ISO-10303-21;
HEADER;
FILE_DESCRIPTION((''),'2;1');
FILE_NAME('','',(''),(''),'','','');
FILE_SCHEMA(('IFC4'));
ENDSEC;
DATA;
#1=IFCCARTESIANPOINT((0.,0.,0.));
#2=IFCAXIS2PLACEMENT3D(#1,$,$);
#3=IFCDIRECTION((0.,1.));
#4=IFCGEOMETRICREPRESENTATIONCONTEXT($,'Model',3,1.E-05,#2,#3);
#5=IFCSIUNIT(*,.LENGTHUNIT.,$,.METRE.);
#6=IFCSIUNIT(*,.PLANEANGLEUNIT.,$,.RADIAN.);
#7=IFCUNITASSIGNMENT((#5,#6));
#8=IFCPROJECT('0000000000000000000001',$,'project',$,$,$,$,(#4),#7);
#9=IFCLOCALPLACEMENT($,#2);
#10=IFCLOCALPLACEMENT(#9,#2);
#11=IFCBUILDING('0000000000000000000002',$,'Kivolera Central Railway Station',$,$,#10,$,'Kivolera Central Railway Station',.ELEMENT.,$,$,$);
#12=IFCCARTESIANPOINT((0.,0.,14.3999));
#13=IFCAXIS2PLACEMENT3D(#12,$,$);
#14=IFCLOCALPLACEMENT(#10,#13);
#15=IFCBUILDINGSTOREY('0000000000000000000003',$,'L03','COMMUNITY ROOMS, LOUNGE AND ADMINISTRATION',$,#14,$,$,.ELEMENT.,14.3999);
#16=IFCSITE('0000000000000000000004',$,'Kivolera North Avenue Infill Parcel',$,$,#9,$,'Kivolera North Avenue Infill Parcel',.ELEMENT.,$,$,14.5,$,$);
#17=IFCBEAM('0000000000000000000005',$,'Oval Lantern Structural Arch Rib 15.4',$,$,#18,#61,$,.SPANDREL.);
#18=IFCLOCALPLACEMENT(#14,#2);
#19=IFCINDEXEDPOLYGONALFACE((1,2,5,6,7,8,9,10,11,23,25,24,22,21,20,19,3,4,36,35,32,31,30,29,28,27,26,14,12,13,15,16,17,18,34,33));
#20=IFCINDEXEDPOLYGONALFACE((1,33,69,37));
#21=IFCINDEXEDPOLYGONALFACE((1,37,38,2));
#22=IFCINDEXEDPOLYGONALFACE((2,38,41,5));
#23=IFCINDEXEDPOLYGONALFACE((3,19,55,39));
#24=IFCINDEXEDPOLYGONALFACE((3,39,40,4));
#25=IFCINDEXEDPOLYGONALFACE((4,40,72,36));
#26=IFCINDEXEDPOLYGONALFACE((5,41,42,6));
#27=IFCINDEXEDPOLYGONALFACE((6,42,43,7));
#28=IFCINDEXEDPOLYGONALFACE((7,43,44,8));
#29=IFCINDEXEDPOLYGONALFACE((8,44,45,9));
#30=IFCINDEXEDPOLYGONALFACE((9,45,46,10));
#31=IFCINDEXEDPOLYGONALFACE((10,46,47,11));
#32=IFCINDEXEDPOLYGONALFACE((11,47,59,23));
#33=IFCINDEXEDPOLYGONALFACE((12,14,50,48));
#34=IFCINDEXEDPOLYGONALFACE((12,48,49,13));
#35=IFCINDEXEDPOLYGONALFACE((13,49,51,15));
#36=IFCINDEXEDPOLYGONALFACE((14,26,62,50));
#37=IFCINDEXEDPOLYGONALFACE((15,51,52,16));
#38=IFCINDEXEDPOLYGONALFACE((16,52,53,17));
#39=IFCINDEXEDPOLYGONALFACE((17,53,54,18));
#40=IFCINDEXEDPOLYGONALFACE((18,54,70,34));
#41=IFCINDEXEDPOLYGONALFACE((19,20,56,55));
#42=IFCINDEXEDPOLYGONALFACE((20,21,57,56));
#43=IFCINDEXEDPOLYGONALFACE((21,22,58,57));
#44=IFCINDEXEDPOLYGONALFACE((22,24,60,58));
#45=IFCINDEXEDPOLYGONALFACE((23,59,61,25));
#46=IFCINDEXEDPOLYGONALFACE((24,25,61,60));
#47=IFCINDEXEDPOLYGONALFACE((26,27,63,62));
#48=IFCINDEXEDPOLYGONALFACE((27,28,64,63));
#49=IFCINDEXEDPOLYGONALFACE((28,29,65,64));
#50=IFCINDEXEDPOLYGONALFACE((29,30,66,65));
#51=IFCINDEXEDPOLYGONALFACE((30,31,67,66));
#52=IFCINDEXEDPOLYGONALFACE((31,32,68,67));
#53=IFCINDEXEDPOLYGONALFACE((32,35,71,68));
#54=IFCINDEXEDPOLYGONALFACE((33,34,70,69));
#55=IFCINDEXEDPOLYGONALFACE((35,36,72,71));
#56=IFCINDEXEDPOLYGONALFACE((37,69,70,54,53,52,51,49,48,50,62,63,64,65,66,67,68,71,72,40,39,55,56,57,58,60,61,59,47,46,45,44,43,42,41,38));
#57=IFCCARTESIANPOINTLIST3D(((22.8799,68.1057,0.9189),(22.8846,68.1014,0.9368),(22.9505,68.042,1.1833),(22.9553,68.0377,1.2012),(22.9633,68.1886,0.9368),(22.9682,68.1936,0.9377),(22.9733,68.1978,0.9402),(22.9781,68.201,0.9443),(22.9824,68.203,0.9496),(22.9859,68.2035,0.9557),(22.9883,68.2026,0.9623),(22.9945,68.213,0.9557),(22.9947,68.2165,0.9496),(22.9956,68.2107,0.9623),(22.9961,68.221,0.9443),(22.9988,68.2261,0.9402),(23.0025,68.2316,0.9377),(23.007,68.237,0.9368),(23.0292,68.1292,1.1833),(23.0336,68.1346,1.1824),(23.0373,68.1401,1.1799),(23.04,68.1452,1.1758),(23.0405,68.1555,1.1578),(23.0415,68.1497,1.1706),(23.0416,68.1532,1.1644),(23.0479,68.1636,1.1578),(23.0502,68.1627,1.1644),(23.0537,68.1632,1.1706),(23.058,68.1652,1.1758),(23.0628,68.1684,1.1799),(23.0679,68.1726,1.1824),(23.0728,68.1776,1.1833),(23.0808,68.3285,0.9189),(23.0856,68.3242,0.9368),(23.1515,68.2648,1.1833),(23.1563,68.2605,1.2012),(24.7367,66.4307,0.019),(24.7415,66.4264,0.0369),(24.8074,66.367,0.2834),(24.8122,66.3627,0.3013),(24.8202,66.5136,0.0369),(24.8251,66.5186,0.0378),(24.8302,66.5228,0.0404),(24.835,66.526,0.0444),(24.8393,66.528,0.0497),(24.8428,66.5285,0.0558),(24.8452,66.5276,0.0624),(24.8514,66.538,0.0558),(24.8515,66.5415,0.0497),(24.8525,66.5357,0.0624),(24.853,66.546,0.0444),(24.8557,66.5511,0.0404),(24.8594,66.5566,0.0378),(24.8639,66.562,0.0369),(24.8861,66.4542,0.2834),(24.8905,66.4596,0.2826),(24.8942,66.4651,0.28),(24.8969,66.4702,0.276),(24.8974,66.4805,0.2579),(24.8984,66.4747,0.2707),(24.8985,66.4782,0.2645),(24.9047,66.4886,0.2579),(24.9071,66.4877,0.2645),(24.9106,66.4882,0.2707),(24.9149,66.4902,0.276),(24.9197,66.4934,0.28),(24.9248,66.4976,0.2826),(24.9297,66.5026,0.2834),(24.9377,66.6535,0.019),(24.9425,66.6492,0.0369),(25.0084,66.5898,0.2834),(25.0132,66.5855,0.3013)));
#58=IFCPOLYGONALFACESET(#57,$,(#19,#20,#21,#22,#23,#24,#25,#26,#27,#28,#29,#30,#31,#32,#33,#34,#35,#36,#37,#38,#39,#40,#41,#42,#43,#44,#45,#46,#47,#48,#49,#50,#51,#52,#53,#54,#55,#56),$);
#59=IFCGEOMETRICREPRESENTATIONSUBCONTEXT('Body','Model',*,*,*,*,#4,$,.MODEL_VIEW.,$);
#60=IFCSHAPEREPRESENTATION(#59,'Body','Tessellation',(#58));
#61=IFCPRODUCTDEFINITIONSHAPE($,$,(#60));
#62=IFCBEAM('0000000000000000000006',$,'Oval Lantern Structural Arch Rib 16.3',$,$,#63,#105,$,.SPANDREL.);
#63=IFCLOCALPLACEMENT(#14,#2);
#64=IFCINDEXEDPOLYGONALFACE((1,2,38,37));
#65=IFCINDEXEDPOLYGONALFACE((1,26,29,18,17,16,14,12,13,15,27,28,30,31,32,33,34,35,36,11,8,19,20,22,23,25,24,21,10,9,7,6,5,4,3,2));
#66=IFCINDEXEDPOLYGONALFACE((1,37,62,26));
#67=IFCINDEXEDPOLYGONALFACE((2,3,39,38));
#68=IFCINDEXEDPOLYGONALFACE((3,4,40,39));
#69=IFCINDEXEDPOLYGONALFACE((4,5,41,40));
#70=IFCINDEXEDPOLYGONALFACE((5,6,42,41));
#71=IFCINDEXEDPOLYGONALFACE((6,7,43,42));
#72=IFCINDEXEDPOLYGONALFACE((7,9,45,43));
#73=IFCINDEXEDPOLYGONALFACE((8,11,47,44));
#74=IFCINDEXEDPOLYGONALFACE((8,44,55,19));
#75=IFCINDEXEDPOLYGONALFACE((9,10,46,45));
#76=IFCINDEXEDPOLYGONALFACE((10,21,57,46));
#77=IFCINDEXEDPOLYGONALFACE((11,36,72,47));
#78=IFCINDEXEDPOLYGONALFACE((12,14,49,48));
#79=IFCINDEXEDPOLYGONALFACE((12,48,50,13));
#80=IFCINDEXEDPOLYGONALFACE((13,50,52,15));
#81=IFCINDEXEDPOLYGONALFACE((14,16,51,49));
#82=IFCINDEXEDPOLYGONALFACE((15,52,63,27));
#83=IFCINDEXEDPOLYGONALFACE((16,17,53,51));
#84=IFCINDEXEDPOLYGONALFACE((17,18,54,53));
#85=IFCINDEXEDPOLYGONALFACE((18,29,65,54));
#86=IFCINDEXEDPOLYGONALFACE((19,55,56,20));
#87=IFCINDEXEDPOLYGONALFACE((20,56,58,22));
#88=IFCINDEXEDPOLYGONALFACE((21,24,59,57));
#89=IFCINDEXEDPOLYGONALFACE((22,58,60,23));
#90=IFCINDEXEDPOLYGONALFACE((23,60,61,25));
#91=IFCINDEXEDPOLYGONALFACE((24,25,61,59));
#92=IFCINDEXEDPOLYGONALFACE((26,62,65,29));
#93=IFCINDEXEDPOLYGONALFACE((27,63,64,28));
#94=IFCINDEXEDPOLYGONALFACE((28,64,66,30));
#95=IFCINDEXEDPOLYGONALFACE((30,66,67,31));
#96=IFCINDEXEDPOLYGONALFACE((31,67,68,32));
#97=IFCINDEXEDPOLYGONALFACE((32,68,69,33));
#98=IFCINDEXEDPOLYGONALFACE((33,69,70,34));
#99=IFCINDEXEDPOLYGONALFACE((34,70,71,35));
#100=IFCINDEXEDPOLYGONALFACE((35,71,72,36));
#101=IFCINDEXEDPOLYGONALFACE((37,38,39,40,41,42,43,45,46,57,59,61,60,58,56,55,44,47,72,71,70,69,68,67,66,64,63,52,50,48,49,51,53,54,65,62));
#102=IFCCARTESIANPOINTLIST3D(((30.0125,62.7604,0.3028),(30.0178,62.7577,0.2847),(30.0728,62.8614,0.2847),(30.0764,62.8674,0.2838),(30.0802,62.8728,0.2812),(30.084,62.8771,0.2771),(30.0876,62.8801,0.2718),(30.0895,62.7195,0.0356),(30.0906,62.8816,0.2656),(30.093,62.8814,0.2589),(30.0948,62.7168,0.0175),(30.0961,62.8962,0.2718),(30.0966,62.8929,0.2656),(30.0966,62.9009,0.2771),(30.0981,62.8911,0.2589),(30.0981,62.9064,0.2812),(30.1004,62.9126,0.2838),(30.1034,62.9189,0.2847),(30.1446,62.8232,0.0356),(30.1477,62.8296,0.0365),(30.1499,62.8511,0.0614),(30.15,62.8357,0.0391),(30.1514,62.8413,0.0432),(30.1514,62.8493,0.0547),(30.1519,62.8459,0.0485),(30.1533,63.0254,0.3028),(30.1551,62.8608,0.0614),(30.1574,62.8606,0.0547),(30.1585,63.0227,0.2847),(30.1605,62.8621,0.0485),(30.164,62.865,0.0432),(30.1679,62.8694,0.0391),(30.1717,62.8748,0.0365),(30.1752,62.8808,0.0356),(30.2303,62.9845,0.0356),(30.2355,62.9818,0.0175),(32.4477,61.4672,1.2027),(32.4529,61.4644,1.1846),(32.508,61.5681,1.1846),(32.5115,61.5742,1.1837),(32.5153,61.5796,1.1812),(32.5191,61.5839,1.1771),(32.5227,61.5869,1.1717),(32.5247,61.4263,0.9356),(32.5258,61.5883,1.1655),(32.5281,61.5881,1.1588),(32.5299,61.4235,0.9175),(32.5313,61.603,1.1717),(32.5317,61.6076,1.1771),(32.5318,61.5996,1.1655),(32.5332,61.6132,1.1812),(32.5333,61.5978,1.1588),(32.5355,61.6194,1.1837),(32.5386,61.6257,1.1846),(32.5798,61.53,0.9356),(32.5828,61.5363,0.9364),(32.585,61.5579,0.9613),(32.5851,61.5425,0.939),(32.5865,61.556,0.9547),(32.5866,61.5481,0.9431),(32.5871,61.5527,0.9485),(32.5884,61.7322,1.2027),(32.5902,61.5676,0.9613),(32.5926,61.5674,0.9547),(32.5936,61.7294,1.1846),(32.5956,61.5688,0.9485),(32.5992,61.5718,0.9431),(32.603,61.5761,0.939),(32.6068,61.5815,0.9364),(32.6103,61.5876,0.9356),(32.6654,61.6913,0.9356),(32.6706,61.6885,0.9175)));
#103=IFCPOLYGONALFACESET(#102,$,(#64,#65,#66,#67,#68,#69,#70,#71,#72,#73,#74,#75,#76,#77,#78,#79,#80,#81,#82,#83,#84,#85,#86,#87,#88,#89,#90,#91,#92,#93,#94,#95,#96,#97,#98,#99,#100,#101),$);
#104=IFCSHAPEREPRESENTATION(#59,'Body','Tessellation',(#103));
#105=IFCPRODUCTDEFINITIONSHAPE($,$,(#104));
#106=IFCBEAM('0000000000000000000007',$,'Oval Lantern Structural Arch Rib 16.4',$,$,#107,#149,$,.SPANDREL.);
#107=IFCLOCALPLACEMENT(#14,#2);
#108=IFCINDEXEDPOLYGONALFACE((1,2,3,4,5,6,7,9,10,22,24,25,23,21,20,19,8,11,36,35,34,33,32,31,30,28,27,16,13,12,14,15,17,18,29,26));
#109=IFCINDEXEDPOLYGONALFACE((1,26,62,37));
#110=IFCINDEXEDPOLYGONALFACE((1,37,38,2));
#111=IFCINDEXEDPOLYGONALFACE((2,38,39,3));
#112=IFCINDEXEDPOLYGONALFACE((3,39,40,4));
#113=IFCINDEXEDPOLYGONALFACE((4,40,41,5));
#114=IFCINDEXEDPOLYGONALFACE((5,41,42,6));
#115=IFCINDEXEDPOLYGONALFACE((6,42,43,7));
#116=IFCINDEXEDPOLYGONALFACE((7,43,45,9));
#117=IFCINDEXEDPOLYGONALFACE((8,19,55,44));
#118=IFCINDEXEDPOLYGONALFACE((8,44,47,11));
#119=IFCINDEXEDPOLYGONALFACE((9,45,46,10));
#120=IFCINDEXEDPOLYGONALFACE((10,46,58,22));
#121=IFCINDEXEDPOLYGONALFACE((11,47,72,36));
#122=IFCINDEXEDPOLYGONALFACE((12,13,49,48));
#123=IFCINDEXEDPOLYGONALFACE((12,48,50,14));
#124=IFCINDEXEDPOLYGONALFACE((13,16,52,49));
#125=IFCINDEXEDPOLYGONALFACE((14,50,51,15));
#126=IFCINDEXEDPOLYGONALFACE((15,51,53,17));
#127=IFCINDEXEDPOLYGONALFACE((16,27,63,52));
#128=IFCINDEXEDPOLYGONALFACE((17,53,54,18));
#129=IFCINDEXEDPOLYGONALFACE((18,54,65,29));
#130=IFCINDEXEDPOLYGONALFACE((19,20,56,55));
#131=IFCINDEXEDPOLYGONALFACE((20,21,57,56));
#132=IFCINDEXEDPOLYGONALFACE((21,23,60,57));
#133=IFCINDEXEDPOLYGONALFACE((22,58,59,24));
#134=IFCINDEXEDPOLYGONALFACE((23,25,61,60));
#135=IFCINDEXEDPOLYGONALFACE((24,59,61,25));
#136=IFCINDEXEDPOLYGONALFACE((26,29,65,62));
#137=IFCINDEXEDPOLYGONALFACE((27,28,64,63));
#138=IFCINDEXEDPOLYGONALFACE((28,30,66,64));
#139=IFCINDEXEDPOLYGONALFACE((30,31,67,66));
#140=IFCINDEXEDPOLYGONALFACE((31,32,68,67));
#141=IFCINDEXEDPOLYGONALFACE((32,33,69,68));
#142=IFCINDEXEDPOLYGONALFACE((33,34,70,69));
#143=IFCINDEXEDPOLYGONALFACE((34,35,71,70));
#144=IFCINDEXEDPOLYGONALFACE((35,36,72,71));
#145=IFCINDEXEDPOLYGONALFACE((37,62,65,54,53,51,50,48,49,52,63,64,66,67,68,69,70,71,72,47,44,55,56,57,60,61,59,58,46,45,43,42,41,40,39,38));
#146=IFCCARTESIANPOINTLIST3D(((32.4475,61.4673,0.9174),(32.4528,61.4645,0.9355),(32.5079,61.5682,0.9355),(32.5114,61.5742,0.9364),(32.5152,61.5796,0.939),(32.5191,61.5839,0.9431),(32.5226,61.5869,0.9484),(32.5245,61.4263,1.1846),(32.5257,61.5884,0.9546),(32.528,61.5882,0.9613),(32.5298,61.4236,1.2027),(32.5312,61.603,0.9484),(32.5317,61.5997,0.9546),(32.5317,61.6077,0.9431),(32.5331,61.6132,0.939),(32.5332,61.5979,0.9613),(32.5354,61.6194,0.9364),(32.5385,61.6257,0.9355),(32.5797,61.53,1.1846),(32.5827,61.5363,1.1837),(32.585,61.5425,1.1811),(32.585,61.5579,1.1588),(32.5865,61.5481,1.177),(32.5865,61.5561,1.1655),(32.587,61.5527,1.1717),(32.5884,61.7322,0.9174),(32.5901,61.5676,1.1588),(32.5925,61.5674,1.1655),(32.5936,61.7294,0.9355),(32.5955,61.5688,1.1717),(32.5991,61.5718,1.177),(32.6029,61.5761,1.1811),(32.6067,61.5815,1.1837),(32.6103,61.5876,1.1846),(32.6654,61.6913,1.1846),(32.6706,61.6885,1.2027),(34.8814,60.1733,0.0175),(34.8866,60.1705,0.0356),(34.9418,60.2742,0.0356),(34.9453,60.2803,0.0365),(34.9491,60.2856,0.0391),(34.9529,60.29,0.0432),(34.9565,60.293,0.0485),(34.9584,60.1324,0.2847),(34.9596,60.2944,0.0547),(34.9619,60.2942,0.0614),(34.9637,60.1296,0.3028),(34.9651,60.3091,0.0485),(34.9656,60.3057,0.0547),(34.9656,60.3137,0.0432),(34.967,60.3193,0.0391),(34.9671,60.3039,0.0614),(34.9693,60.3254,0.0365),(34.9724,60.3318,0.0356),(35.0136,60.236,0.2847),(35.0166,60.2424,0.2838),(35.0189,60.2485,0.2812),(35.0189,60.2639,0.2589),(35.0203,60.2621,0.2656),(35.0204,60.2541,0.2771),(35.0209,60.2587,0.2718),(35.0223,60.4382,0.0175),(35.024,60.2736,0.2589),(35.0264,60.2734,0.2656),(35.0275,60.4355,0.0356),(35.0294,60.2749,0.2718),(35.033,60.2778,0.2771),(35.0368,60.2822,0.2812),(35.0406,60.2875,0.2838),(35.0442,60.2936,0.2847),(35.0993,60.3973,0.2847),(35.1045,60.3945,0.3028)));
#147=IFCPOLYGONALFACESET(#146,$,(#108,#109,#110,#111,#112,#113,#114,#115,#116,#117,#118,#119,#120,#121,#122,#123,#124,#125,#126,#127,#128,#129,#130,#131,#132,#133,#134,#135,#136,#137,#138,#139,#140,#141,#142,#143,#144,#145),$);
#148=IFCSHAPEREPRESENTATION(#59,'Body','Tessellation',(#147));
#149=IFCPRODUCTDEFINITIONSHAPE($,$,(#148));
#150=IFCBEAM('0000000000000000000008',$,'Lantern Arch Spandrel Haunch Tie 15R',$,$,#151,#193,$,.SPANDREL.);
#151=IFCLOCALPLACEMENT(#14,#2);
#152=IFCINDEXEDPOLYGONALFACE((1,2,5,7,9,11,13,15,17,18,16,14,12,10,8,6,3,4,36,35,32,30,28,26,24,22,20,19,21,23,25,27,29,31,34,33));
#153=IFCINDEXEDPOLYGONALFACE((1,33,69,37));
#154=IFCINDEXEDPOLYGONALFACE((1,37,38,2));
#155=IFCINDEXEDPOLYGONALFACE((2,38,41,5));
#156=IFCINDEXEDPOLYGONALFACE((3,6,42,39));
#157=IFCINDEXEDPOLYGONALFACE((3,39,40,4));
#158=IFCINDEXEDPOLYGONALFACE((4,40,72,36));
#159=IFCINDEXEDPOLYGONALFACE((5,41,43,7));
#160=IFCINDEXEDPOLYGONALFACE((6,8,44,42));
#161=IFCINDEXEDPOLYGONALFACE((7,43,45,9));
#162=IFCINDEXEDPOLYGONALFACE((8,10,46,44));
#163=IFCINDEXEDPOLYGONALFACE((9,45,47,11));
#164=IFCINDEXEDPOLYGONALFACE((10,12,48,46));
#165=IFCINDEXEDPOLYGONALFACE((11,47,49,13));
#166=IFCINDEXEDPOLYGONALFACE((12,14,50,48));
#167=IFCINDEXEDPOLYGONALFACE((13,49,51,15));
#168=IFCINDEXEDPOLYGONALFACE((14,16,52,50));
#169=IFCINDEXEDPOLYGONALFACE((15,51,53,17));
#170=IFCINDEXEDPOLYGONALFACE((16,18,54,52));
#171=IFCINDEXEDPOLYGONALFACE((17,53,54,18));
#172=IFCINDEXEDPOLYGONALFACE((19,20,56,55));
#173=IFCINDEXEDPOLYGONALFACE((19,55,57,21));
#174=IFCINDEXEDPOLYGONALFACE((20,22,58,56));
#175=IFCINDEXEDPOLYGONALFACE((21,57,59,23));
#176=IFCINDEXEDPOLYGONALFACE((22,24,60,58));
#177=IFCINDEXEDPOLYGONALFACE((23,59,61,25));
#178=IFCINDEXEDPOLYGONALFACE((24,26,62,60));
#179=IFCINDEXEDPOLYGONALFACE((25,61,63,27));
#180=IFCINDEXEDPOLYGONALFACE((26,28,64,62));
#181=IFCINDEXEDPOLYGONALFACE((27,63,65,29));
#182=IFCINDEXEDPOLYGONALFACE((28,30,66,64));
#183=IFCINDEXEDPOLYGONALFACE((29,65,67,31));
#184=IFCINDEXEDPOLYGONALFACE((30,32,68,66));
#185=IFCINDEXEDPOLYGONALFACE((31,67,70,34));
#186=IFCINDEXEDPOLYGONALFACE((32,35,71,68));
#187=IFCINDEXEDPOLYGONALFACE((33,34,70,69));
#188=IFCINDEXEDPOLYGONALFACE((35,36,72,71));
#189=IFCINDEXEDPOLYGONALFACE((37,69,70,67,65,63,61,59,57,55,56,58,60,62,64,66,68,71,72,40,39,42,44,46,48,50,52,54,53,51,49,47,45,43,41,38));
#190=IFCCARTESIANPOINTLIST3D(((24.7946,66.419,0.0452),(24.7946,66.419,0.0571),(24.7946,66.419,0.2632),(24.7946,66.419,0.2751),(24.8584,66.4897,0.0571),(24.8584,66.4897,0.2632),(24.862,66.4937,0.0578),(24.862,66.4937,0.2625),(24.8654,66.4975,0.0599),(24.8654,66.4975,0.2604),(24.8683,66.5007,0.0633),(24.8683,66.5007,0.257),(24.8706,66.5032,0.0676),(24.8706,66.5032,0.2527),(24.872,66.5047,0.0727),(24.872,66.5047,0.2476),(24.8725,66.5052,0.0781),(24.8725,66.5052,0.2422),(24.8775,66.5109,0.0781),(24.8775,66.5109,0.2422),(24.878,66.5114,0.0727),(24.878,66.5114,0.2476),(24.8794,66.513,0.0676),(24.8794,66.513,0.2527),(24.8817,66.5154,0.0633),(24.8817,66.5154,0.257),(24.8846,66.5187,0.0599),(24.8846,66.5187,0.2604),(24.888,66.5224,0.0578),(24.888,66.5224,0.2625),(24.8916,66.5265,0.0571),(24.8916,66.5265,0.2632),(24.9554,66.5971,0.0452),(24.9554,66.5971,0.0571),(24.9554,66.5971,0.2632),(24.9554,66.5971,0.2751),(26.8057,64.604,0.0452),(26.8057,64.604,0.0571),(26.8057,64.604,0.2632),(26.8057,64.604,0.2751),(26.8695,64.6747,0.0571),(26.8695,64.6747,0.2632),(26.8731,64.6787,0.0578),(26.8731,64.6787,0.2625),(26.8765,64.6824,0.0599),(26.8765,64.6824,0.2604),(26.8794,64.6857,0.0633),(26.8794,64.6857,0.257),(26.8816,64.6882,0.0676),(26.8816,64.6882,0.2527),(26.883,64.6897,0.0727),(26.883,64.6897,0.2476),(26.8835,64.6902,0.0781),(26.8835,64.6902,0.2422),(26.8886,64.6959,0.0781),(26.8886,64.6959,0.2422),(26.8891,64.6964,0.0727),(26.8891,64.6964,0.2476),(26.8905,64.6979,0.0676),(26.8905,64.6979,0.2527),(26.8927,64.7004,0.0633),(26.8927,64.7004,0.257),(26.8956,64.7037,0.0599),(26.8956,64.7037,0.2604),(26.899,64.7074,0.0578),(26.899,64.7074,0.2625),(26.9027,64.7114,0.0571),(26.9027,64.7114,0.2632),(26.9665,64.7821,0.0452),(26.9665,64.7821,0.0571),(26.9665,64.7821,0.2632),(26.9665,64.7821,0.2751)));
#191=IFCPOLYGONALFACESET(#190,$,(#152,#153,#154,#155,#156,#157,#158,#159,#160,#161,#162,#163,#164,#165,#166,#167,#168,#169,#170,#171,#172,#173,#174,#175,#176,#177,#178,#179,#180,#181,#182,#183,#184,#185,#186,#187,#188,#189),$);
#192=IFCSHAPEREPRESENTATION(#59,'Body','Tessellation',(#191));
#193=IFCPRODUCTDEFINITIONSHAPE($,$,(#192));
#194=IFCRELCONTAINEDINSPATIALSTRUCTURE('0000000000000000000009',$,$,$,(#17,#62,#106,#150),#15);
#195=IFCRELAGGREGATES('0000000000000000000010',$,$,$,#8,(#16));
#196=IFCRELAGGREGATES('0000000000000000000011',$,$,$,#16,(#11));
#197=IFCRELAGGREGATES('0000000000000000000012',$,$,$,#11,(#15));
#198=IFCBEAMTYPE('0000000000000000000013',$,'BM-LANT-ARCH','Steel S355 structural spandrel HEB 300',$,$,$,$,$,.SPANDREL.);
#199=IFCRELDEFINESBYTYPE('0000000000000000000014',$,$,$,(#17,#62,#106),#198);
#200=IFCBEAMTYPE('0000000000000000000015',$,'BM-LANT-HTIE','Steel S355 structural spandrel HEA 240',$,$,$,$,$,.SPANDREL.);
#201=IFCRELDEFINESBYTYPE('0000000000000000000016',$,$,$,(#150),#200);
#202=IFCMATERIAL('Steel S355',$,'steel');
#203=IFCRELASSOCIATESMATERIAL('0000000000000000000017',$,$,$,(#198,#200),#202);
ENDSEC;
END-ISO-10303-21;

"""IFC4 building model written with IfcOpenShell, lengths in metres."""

from ifc_helpers import new_model, si_unit, direction, frame, origin, origin_2d, place, context, subcontext, project, spatial, i_section, extrude, material, material_profile, profile_set, type_object, element, save


model = new_model("IFC4")

# Units and contexts
model_context = context("Model", 3, precision=1e-05, world=origin(), true_north=direction((0.0, 1.0)))
body_context = subcontext(model_context, "Body", "Model", "MODEL_VIEW")
ifc_project = project(units=[si_unit("LENGTHUNIT", "METRE"), si_unit("PLANEANGLEUNIT", "RADIAN")], contexts=[model_context])

# Site, building, storey
site_placement = place(None, origin())
site = spatial("IfcSite", under=ifc_project, at=site_placement, Name="Kivolera North Avenue Infill Parcel", LongName="Kivolera North Avenue Infill Parcel", CompositionType="ELEMENT", RefElevation=14.5)
building_placement = place(site_placement, origin())
building = spatial("IfcBuilding", under=site, at=building_placement, Name="Kivolera Central Railway Station", LongName="Kivolera Central Railway Station", CompositionType="ELEMENT")
storey_placement = place(building_placement, frame((0.0, 0.0, 14.3999)))
storey = spatial("IfcBuildingStorey", under=building, at=storey_placement, Name="L03", Description="COMMUNITY ROOMS, LOUNGE AND ADMINISTRATION", CompositionType="ELEMENT", Elevation=14.3999)

# Beams
ifc_material_1 = material(Name="Steel S355", Category="steel")
ifc_material_profile_1 = material_profile(ifc_material_1, i_section(OverallWidth=0.3, OverallDepth=0.3, WebThickness=0.011, FlangeThickness=0.019, FilletRadius=0.0271, at=origin_2d()), Name="HEB 300")
ifc_profile_set_1 = profile_set([ifc_material_profile_1], Name="Steel S355")
beam_type_1 = type_object("IfcBeamType", Name="BM-LANT-ARCH", Description="Steel S355 structural spandrel HEB 300", PredefinedType="SPANDREL", material=ifc_profile_set_1)
for number, where, z_axis, x_axis, name in (
    (1, (23.0181, 68.1831, 1.0601), (0.698677, -0.630243, -0.338591), (0.669806, 0.742536, 0.0), "Oval Lantern Structural Arch Rib 15.4"),
):
    element("IfcBeam", number, at=place(storey_placement, frame(where, z_axis=z_axis, x_axis=x_axis)), inside=storey, type_object=beam_type_1, Name=name, PredefinedType="SPANDREL", context=body_context, shape_type="SweptSolid", body=[
        extrude(i_section(OverallWidth=0.3, OverallDepth=0.3, WebThickness=0.011, FlangeThickness=0.019, FilletRadius=0.0271, at=origin_2d()), origin(), (0.0, 0.0, 1.0), 2.6577),
    ])
beam_1_placement = place(storey_placement, frame((30.124, 62.8711, 0.1602), z_axis=(0.839589, -0.44589, 0.310279), x_axis=(0.469039, 0.883178, 0.0)))
element("IfcBeam", 2, at=beam_1_placement, inside=storey, type_object=beam_type_1, Name="Oval Lantern Structural Arch Rib 16.3", PredefinedType="SPANDREL", context=body_context, shape_type="SweptSolid", body=[
    extrude(i_section(OverallWidth=0.3, OverallDepth=0.3, WebThickness=0.011, FlangeThickness=0.019, FilletRadius=0.0271, at=origin_2d()), origin(), (0.0, 0.0, 1.0), 2.9004),
])
beam_2_placement = place(storey_placement, frame((32.5591, 61.5779, 1.0601), z_axis=(0.83937, -0.446249, -0.310354), x_axis=(0.469429, 0.88297, 0.0)))
element("IfcBeam", 3, at=beam_2_placement, inside=storey, type_object=beam_type_1, Name="Oval Lantern Structural Arch Rib 16.4", PredefinedType="SPANDREL", context=body_context, shape_type="SweptSolid", body=[
    extrude(i_section(OverallWidth=0.3, OverallDepth=0.3, WebThickness=0.011, FlangeThickness=0.019, FilletRadius=0.0271, at=origin_2d()), origin(), (0.0, 0.0, 1.0), 2.8997),
])
ifc_material_profile_2 = material_profile(ifc_material_1, i_section(OverallWidth=0.24, OverallDepth=0.23, WebThickness=0.0076, FlangeThickness=0.012, FilletRadius=0.021, at=origin_2d()), Name="HEA 240")
ifc_profile_set_2 = profile_set([ifc_material_profile_2], Name="Steel S355")
beam_type_2 = type_object("IfcBeamType", Name="BM-LANT-HTIE", Description="Steel S355 structural spandrel HEA 240", PredefinedType="SPANDREL", material=ifc_profile_set_2)
beam_3_placement = place(storey_placement, frame((24.875, 66.5081, 0.1602), z_axis=(0.742366, -0.669995, 0.0), x_axis=(0.669995, 0.742366, 0.0)))
element("IfcBeam", 4, at=beam_3_placement, inside=storey, type_object=beam_type_2, Name="Lantern Arch Spandrel Haunch Tie 15R", PredefinedType="SPANDREL", context=body_context, shape_type="SweptSolid", body=[
    extrude(i_section(OverallWidth=0.24, OverallDepth=0.23, WebThickness=0.0076, FlangeThickness=0.012, FilletRadius=0.021, at=origin_2d()), origin(), (0.0, 0.0, 1.0), 2.709),
])

save(model, "model.ifc")
